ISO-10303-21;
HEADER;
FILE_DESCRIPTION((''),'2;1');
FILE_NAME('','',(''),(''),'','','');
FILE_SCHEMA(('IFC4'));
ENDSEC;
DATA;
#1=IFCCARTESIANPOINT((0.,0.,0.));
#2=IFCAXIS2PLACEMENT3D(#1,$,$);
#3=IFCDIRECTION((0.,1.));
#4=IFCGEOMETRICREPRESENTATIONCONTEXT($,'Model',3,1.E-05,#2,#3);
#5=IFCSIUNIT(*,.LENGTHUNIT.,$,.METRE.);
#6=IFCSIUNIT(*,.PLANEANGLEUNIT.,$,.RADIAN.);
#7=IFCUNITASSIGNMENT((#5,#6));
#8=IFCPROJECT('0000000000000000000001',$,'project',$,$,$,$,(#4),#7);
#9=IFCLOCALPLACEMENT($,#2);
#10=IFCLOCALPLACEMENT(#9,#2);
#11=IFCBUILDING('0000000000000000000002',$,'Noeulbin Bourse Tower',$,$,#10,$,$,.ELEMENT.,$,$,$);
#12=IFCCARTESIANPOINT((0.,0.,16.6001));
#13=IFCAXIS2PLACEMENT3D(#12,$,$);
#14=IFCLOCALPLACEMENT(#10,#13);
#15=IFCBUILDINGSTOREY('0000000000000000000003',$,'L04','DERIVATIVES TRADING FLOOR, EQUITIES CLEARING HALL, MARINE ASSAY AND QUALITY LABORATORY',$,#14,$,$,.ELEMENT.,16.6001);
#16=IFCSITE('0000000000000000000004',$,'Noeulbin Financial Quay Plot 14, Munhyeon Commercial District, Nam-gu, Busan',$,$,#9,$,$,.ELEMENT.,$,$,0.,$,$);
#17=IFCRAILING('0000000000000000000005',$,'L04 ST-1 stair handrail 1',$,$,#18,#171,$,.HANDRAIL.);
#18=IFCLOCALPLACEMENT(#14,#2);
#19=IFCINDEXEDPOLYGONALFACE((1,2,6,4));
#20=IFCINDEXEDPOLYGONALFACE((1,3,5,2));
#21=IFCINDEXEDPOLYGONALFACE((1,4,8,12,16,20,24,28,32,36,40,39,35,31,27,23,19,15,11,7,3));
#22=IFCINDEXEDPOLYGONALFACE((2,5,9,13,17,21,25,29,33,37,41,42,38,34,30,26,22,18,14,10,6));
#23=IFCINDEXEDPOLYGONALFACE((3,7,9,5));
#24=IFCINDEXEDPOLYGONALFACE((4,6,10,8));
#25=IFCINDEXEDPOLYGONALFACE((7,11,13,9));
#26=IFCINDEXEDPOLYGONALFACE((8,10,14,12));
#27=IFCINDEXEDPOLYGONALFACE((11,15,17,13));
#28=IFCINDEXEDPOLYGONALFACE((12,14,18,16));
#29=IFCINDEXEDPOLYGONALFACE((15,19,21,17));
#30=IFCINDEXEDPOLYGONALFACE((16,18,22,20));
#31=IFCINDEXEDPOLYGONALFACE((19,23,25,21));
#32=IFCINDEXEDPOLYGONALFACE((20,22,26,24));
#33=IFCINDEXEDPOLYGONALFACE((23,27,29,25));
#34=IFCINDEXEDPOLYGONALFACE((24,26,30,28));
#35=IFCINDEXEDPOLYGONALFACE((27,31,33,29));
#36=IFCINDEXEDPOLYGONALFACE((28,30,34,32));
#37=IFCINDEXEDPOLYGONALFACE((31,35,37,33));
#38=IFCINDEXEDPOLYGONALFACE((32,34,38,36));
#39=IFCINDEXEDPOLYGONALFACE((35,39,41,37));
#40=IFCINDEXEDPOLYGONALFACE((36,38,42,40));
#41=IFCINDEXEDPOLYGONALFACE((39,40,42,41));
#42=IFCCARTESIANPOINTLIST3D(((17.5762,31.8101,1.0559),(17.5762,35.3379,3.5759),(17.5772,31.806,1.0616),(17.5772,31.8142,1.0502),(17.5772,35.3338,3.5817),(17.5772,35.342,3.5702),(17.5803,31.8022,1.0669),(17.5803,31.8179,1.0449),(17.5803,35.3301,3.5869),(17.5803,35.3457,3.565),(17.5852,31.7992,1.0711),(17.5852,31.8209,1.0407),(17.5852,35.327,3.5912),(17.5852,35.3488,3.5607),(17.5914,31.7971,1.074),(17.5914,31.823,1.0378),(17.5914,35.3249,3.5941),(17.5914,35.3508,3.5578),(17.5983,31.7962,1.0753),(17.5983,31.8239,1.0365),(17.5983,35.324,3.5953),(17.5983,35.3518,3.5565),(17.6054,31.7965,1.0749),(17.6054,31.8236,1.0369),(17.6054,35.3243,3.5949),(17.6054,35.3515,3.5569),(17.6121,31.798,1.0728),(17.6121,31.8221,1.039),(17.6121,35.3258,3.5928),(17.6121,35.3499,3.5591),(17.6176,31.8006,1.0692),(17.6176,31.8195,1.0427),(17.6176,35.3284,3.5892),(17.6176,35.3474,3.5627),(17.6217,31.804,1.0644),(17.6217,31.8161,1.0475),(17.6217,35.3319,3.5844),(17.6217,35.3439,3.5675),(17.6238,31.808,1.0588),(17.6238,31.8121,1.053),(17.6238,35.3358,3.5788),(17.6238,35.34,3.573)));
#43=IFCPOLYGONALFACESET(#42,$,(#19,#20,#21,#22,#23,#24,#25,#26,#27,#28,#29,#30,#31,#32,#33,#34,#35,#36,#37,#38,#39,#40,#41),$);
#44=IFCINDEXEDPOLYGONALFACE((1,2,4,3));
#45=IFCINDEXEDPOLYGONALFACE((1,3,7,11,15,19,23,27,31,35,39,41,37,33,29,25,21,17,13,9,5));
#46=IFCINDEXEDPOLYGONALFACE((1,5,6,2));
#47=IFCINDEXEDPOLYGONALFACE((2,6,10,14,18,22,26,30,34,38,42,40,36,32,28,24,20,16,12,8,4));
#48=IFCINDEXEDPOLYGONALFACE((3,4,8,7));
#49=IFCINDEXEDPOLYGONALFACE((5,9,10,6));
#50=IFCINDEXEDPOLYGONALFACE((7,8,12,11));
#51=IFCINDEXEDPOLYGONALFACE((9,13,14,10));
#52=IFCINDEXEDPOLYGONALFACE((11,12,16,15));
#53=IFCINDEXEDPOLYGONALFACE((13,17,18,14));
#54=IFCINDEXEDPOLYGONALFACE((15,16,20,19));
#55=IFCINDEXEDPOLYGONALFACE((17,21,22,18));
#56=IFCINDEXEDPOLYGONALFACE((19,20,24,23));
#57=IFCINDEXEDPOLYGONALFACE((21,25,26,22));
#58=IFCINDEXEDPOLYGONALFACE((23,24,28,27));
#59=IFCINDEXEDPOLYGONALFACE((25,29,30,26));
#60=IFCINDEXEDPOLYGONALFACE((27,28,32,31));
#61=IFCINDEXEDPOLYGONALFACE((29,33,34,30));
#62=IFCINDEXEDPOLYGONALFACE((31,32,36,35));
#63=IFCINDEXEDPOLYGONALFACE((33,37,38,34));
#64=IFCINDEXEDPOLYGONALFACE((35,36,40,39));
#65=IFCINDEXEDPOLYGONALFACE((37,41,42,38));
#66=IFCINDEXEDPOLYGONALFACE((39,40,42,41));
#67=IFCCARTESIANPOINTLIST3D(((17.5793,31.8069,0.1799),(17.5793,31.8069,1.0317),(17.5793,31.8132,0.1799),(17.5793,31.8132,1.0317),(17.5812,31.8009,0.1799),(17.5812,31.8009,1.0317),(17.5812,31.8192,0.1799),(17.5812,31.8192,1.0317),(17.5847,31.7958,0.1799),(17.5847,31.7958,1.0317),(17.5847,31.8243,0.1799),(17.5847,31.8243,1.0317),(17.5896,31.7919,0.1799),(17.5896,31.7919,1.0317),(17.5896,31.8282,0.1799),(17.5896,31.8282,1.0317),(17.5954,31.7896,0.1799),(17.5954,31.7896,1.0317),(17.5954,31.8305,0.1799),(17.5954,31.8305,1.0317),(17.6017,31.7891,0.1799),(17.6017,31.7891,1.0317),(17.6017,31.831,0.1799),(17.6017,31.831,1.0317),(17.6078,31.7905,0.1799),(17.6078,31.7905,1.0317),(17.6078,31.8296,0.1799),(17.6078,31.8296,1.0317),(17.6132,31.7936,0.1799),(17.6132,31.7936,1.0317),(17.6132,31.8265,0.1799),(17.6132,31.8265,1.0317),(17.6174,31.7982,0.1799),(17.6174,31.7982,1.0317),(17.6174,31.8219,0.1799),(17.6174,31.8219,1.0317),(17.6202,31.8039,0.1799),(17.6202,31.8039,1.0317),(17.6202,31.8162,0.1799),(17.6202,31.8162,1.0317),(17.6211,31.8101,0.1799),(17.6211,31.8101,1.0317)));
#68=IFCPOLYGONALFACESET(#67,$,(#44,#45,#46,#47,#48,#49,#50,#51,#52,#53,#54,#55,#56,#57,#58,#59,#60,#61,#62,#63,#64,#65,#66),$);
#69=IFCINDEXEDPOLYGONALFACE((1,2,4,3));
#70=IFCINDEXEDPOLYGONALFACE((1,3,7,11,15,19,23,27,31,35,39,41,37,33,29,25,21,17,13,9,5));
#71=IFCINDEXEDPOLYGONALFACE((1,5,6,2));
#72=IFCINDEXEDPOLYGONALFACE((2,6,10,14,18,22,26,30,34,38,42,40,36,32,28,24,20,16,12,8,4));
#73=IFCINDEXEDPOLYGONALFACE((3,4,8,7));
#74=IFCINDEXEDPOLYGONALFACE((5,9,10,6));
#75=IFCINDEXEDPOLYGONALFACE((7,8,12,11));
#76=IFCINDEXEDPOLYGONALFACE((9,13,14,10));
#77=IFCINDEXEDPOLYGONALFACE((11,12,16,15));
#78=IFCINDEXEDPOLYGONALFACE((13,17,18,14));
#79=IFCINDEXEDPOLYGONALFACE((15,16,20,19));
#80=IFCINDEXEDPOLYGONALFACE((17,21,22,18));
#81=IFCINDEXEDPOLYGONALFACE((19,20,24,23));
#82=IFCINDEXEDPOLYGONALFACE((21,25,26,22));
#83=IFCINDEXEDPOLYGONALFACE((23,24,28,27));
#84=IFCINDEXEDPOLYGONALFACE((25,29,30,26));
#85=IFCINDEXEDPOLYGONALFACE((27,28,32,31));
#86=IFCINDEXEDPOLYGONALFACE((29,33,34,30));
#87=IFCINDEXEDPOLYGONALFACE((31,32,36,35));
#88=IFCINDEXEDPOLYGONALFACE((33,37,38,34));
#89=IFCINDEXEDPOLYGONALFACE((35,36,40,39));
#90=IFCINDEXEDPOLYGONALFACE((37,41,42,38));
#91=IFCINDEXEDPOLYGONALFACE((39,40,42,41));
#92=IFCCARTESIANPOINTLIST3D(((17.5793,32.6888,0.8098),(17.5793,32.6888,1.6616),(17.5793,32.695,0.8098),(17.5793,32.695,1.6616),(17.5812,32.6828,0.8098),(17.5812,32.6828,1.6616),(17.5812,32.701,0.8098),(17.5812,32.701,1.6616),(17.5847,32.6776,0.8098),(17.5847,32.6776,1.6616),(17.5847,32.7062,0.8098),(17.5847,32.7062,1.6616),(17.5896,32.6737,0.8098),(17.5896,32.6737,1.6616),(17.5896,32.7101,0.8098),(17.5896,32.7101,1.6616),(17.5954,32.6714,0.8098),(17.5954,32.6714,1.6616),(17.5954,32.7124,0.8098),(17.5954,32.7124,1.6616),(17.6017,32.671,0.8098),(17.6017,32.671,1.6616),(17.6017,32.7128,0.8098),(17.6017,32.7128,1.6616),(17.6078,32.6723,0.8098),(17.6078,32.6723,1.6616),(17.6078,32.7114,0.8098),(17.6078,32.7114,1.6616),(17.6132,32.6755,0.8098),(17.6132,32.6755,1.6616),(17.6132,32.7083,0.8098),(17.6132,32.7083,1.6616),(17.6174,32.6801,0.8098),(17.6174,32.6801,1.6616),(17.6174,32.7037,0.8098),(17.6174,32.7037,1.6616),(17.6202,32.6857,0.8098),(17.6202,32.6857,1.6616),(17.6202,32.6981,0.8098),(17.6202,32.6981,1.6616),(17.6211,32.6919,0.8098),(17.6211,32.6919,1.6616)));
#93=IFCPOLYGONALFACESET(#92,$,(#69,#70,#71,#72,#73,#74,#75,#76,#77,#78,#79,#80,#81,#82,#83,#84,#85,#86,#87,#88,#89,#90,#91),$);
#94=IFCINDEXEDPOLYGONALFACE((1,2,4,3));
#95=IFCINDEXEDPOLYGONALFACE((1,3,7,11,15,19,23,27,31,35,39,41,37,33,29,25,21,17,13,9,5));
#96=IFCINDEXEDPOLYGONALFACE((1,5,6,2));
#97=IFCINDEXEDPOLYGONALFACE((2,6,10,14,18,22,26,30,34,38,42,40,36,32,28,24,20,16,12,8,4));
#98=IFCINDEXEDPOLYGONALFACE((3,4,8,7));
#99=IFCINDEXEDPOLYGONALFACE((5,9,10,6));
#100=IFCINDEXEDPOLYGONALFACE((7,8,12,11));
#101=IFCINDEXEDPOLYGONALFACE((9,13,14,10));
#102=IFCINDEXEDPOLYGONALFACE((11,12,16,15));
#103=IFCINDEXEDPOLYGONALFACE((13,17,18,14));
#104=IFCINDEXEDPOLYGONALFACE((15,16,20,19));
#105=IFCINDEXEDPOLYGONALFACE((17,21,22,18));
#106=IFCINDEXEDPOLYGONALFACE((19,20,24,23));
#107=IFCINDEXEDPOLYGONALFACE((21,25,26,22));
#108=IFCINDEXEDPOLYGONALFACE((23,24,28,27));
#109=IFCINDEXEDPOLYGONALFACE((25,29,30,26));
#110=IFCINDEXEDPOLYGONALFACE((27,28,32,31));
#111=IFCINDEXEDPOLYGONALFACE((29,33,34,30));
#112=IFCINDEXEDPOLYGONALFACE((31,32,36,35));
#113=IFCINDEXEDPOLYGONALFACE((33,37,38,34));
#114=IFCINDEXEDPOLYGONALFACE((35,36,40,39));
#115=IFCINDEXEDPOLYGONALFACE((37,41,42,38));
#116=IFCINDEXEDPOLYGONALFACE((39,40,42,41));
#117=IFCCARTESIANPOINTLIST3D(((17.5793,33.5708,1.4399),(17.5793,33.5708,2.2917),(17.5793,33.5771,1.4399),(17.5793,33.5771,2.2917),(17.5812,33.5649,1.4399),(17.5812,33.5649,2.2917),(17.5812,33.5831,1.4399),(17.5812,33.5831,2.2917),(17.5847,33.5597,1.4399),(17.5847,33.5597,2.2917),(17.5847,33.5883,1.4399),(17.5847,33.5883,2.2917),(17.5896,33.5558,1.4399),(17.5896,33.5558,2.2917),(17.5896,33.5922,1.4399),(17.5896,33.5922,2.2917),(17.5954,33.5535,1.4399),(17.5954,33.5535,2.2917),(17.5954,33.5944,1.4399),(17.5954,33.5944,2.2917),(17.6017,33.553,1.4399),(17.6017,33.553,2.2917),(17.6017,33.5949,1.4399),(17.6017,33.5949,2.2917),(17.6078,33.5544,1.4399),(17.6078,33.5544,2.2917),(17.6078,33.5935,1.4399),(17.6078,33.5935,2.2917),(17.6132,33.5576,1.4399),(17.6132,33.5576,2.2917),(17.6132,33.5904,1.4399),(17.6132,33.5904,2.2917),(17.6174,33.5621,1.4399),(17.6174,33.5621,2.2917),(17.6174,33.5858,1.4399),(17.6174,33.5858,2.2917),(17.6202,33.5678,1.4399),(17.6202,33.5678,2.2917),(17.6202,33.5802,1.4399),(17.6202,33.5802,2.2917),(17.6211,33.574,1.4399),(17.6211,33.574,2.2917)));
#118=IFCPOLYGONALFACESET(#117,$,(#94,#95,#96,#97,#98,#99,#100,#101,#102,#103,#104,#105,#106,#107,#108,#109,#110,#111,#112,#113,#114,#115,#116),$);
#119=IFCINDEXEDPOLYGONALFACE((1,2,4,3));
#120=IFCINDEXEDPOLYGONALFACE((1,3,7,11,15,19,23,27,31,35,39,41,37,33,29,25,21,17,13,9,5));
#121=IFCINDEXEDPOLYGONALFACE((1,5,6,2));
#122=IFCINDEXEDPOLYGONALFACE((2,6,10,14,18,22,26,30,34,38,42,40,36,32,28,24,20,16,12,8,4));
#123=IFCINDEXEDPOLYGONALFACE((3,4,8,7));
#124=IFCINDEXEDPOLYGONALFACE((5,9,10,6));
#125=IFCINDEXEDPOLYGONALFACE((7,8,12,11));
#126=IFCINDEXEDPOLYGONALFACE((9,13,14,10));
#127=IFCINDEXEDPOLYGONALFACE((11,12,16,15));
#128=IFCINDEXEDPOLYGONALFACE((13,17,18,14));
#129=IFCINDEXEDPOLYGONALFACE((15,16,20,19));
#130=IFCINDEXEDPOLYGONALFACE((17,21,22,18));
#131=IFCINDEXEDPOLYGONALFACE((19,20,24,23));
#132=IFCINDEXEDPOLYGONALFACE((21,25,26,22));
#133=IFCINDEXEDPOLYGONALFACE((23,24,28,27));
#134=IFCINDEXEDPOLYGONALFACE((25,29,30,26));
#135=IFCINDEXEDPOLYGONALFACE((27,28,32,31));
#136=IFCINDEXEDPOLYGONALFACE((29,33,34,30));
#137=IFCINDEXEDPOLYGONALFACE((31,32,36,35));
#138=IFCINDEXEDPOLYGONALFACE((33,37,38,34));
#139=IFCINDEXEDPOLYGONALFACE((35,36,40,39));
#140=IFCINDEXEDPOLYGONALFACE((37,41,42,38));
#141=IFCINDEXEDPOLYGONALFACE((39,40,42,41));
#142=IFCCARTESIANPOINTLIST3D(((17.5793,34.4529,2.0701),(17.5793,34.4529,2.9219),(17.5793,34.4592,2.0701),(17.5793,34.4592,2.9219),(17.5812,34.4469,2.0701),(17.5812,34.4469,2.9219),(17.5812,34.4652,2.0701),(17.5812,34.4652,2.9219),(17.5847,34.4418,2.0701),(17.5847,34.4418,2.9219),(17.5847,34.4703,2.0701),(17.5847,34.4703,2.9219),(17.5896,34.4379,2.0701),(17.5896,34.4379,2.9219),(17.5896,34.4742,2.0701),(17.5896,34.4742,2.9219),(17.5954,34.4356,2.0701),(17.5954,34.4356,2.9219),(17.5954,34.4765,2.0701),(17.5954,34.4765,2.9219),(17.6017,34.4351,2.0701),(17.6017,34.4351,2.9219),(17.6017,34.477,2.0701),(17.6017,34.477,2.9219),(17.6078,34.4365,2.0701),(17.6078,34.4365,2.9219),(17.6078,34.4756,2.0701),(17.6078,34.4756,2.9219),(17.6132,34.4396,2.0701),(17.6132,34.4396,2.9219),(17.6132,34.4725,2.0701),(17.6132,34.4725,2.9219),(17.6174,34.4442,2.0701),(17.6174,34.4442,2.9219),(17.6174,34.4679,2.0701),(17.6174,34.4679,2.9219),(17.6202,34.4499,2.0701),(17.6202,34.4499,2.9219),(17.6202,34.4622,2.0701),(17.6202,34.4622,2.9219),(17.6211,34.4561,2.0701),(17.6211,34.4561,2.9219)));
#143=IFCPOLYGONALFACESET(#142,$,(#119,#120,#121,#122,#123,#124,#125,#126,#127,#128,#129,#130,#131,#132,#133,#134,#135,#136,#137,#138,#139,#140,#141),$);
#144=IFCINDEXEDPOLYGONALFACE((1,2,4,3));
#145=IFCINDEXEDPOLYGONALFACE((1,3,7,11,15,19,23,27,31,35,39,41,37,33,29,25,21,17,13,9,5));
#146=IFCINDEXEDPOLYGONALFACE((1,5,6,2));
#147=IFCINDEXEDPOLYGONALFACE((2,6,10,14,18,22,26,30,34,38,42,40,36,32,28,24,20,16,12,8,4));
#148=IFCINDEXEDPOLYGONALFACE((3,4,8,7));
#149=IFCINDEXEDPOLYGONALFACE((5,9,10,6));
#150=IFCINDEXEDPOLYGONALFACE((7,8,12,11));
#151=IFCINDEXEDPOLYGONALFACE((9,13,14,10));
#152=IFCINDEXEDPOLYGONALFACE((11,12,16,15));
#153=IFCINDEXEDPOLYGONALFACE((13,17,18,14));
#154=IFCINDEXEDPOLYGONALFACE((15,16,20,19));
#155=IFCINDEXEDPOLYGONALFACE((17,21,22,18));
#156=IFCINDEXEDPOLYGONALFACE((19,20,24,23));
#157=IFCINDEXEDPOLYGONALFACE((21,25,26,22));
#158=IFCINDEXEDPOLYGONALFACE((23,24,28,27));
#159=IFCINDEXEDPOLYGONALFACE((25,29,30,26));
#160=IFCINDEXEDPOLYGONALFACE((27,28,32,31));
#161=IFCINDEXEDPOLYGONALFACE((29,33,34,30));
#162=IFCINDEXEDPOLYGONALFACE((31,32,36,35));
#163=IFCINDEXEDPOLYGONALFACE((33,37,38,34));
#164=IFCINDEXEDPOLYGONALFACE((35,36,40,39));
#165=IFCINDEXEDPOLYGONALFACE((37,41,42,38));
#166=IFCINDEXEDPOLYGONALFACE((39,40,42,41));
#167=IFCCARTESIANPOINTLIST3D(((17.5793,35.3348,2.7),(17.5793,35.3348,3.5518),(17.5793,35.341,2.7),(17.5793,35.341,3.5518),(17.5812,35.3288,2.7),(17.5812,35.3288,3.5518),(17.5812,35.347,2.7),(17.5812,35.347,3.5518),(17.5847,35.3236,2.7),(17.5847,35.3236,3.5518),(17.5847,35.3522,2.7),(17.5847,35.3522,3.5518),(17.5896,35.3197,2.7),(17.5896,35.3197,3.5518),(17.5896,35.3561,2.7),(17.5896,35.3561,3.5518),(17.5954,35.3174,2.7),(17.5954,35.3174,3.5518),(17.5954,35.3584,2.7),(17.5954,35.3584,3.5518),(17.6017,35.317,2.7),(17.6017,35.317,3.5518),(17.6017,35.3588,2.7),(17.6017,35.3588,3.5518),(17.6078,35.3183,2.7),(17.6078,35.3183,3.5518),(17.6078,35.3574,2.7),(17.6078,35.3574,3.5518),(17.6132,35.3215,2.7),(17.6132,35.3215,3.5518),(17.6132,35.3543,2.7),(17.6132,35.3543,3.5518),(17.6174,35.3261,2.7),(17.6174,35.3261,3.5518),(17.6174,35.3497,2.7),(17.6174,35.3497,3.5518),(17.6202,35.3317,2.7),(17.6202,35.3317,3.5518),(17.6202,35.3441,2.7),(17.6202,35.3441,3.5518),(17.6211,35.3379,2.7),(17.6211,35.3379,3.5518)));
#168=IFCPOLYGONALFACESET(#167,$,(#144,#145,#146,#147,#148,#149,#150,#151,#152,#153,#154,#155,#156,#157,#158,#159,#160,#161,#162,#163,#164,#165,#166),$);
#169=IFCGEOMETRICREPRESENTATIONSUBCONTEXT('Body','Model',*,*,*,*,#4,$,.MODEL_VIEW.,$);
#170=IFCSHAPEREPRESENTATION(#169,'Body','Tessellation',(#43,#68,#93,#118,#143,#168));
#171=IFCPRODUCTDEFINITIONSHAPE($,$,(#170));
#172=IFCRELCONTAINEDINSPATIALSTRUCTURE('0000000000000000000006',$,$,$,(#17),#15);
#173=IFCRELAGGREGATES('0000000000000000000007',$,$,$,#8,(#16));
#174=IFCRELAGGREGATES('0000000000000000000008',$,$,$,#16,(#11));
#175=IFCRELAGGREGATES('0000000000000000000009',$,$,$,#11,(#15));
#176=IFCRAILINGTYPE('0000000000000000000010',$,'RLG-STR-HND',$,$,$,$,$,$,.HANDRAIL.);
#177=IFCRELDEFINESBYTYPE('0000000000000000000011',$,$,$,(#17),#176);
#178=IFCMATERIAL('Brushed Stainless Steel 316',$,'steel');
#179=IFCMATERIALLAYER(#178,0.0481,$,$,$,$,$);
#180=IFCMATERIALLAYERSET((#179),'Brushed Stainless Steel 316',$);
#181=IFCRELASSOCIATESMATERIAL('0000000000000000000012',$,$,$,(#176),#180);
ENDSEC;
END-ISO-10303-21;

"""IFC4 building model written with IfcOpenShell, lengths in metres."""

from ifc_helpers import new_model, si_unit, direction, frame, origin, origin_2d, place, context, subcontext, project, spatial, circle, extrude, material, layer, layer_set, type_object, element, save


model = new_model("IFC4")

# Units and contexts
model_context = context("Model", 3, precision=1e-05, world=origin(), true_north=direction((0.0, 1.0)))
body_context = subcontext(model_context, "Body", "Model", "MODEL_VIEW")
ifc_project = project(units=[si_unit("LENGTHUNIT", "METRE"), si_unit("PLANEANGLEUNIT", "RADIAN")], contexts=[model_context])

# Site, building, storey
site_placement = place(None, origin())
site = spatial("IfcSite", under=ifc_project, at=site_placement, Name="Noeulbin Financial Quay Plot 14, Munhyeon Commercial District, Nam-gu, Busan", CompositionType="ELEMENT", RefElevation=0.0)
building_placement = place(site_placement, origin())
building = spatial("IfcBuilding", under=site, at=building_placement, Name="Noeulbin Bourse Tower", CompositionType="ELEMENT")
storey_placement = place(building_placement, frame((0.0, 0.0, 16.6001)))
storey = spatial("IfcBuildingStorey", under=building, at=storey_placement, Name="L04", Description="DERIVATIVES TRADING FLOOR, EQUITIES CLEARING HALL, MARINE ASSAY AND QUALITY LABORATORY", CompositionType="ELEMENT", Elevation=16.6001)

# Railing
ifc_material_1 = material(Name="Brushed Stainless Steel 316", Category="steel")
ifc_layer_1 = layer(ifc_material_1, 0.0481)
ifc_layer_set_1 = layer_set([ifc_layer_1], Name="Brushed Stainless Steel 316")
railing_type_1 = type_object("IfcRailingType", Name="RLG-STR-HND", PredefinedType="HANDRAIL", material=ifc_layer_set_1)
railing_1_placement = place(storey_placement, frame((17.6001, 31.8101, 0.1799)))
element("IfcRailing", 1, at=railing_1_placement, inside=storey, type_object=railing_type_1, Name="L04 ST-1 stair handrail 1", PredefinedType="HANDRAIL", context=body_context, shape_type="SweptSolid", body=[
    extrude(circle(Radius=0.0239, at=origin_2d()), frame((0.0, 0.0, 0.876), z_axis=(0.0, 0.813718, 0.58126), x_axis=(-1.0, 0.0, 0.0)), (0.0, 0.0, 1.0), 4.3354),
    extrude(circle(Radius=0.021, at=origin_2d()), origin(), (0.0, 0.0, 1.0), 0.8518),
    extrude(circle(Radius=0.021, at=origin_2d()), frame((0.0, 0.8818, 0.6299)), (0.0, 0.0, 1.0), 0.8518),
    extrude(circle(Radius=0.021, at=origin_2d()), frame((0.0, 1.7639, 1.26)), (0.0, 0.0, 1.0), 0.8518),
    extrude(circle(Radius=0.021, at=origin_2d()), frame((0.0, 2.646, 1.8901)), (0.0, 0.0, 1.0), 0.8518),
    extrude(circle(Radius=0.021, at=origin_2d()), frame((0.0, 3.5278, 2.52)), (0.0, 0.0, 1.0), 0.8518),
])

save(model, "model.ifc")
